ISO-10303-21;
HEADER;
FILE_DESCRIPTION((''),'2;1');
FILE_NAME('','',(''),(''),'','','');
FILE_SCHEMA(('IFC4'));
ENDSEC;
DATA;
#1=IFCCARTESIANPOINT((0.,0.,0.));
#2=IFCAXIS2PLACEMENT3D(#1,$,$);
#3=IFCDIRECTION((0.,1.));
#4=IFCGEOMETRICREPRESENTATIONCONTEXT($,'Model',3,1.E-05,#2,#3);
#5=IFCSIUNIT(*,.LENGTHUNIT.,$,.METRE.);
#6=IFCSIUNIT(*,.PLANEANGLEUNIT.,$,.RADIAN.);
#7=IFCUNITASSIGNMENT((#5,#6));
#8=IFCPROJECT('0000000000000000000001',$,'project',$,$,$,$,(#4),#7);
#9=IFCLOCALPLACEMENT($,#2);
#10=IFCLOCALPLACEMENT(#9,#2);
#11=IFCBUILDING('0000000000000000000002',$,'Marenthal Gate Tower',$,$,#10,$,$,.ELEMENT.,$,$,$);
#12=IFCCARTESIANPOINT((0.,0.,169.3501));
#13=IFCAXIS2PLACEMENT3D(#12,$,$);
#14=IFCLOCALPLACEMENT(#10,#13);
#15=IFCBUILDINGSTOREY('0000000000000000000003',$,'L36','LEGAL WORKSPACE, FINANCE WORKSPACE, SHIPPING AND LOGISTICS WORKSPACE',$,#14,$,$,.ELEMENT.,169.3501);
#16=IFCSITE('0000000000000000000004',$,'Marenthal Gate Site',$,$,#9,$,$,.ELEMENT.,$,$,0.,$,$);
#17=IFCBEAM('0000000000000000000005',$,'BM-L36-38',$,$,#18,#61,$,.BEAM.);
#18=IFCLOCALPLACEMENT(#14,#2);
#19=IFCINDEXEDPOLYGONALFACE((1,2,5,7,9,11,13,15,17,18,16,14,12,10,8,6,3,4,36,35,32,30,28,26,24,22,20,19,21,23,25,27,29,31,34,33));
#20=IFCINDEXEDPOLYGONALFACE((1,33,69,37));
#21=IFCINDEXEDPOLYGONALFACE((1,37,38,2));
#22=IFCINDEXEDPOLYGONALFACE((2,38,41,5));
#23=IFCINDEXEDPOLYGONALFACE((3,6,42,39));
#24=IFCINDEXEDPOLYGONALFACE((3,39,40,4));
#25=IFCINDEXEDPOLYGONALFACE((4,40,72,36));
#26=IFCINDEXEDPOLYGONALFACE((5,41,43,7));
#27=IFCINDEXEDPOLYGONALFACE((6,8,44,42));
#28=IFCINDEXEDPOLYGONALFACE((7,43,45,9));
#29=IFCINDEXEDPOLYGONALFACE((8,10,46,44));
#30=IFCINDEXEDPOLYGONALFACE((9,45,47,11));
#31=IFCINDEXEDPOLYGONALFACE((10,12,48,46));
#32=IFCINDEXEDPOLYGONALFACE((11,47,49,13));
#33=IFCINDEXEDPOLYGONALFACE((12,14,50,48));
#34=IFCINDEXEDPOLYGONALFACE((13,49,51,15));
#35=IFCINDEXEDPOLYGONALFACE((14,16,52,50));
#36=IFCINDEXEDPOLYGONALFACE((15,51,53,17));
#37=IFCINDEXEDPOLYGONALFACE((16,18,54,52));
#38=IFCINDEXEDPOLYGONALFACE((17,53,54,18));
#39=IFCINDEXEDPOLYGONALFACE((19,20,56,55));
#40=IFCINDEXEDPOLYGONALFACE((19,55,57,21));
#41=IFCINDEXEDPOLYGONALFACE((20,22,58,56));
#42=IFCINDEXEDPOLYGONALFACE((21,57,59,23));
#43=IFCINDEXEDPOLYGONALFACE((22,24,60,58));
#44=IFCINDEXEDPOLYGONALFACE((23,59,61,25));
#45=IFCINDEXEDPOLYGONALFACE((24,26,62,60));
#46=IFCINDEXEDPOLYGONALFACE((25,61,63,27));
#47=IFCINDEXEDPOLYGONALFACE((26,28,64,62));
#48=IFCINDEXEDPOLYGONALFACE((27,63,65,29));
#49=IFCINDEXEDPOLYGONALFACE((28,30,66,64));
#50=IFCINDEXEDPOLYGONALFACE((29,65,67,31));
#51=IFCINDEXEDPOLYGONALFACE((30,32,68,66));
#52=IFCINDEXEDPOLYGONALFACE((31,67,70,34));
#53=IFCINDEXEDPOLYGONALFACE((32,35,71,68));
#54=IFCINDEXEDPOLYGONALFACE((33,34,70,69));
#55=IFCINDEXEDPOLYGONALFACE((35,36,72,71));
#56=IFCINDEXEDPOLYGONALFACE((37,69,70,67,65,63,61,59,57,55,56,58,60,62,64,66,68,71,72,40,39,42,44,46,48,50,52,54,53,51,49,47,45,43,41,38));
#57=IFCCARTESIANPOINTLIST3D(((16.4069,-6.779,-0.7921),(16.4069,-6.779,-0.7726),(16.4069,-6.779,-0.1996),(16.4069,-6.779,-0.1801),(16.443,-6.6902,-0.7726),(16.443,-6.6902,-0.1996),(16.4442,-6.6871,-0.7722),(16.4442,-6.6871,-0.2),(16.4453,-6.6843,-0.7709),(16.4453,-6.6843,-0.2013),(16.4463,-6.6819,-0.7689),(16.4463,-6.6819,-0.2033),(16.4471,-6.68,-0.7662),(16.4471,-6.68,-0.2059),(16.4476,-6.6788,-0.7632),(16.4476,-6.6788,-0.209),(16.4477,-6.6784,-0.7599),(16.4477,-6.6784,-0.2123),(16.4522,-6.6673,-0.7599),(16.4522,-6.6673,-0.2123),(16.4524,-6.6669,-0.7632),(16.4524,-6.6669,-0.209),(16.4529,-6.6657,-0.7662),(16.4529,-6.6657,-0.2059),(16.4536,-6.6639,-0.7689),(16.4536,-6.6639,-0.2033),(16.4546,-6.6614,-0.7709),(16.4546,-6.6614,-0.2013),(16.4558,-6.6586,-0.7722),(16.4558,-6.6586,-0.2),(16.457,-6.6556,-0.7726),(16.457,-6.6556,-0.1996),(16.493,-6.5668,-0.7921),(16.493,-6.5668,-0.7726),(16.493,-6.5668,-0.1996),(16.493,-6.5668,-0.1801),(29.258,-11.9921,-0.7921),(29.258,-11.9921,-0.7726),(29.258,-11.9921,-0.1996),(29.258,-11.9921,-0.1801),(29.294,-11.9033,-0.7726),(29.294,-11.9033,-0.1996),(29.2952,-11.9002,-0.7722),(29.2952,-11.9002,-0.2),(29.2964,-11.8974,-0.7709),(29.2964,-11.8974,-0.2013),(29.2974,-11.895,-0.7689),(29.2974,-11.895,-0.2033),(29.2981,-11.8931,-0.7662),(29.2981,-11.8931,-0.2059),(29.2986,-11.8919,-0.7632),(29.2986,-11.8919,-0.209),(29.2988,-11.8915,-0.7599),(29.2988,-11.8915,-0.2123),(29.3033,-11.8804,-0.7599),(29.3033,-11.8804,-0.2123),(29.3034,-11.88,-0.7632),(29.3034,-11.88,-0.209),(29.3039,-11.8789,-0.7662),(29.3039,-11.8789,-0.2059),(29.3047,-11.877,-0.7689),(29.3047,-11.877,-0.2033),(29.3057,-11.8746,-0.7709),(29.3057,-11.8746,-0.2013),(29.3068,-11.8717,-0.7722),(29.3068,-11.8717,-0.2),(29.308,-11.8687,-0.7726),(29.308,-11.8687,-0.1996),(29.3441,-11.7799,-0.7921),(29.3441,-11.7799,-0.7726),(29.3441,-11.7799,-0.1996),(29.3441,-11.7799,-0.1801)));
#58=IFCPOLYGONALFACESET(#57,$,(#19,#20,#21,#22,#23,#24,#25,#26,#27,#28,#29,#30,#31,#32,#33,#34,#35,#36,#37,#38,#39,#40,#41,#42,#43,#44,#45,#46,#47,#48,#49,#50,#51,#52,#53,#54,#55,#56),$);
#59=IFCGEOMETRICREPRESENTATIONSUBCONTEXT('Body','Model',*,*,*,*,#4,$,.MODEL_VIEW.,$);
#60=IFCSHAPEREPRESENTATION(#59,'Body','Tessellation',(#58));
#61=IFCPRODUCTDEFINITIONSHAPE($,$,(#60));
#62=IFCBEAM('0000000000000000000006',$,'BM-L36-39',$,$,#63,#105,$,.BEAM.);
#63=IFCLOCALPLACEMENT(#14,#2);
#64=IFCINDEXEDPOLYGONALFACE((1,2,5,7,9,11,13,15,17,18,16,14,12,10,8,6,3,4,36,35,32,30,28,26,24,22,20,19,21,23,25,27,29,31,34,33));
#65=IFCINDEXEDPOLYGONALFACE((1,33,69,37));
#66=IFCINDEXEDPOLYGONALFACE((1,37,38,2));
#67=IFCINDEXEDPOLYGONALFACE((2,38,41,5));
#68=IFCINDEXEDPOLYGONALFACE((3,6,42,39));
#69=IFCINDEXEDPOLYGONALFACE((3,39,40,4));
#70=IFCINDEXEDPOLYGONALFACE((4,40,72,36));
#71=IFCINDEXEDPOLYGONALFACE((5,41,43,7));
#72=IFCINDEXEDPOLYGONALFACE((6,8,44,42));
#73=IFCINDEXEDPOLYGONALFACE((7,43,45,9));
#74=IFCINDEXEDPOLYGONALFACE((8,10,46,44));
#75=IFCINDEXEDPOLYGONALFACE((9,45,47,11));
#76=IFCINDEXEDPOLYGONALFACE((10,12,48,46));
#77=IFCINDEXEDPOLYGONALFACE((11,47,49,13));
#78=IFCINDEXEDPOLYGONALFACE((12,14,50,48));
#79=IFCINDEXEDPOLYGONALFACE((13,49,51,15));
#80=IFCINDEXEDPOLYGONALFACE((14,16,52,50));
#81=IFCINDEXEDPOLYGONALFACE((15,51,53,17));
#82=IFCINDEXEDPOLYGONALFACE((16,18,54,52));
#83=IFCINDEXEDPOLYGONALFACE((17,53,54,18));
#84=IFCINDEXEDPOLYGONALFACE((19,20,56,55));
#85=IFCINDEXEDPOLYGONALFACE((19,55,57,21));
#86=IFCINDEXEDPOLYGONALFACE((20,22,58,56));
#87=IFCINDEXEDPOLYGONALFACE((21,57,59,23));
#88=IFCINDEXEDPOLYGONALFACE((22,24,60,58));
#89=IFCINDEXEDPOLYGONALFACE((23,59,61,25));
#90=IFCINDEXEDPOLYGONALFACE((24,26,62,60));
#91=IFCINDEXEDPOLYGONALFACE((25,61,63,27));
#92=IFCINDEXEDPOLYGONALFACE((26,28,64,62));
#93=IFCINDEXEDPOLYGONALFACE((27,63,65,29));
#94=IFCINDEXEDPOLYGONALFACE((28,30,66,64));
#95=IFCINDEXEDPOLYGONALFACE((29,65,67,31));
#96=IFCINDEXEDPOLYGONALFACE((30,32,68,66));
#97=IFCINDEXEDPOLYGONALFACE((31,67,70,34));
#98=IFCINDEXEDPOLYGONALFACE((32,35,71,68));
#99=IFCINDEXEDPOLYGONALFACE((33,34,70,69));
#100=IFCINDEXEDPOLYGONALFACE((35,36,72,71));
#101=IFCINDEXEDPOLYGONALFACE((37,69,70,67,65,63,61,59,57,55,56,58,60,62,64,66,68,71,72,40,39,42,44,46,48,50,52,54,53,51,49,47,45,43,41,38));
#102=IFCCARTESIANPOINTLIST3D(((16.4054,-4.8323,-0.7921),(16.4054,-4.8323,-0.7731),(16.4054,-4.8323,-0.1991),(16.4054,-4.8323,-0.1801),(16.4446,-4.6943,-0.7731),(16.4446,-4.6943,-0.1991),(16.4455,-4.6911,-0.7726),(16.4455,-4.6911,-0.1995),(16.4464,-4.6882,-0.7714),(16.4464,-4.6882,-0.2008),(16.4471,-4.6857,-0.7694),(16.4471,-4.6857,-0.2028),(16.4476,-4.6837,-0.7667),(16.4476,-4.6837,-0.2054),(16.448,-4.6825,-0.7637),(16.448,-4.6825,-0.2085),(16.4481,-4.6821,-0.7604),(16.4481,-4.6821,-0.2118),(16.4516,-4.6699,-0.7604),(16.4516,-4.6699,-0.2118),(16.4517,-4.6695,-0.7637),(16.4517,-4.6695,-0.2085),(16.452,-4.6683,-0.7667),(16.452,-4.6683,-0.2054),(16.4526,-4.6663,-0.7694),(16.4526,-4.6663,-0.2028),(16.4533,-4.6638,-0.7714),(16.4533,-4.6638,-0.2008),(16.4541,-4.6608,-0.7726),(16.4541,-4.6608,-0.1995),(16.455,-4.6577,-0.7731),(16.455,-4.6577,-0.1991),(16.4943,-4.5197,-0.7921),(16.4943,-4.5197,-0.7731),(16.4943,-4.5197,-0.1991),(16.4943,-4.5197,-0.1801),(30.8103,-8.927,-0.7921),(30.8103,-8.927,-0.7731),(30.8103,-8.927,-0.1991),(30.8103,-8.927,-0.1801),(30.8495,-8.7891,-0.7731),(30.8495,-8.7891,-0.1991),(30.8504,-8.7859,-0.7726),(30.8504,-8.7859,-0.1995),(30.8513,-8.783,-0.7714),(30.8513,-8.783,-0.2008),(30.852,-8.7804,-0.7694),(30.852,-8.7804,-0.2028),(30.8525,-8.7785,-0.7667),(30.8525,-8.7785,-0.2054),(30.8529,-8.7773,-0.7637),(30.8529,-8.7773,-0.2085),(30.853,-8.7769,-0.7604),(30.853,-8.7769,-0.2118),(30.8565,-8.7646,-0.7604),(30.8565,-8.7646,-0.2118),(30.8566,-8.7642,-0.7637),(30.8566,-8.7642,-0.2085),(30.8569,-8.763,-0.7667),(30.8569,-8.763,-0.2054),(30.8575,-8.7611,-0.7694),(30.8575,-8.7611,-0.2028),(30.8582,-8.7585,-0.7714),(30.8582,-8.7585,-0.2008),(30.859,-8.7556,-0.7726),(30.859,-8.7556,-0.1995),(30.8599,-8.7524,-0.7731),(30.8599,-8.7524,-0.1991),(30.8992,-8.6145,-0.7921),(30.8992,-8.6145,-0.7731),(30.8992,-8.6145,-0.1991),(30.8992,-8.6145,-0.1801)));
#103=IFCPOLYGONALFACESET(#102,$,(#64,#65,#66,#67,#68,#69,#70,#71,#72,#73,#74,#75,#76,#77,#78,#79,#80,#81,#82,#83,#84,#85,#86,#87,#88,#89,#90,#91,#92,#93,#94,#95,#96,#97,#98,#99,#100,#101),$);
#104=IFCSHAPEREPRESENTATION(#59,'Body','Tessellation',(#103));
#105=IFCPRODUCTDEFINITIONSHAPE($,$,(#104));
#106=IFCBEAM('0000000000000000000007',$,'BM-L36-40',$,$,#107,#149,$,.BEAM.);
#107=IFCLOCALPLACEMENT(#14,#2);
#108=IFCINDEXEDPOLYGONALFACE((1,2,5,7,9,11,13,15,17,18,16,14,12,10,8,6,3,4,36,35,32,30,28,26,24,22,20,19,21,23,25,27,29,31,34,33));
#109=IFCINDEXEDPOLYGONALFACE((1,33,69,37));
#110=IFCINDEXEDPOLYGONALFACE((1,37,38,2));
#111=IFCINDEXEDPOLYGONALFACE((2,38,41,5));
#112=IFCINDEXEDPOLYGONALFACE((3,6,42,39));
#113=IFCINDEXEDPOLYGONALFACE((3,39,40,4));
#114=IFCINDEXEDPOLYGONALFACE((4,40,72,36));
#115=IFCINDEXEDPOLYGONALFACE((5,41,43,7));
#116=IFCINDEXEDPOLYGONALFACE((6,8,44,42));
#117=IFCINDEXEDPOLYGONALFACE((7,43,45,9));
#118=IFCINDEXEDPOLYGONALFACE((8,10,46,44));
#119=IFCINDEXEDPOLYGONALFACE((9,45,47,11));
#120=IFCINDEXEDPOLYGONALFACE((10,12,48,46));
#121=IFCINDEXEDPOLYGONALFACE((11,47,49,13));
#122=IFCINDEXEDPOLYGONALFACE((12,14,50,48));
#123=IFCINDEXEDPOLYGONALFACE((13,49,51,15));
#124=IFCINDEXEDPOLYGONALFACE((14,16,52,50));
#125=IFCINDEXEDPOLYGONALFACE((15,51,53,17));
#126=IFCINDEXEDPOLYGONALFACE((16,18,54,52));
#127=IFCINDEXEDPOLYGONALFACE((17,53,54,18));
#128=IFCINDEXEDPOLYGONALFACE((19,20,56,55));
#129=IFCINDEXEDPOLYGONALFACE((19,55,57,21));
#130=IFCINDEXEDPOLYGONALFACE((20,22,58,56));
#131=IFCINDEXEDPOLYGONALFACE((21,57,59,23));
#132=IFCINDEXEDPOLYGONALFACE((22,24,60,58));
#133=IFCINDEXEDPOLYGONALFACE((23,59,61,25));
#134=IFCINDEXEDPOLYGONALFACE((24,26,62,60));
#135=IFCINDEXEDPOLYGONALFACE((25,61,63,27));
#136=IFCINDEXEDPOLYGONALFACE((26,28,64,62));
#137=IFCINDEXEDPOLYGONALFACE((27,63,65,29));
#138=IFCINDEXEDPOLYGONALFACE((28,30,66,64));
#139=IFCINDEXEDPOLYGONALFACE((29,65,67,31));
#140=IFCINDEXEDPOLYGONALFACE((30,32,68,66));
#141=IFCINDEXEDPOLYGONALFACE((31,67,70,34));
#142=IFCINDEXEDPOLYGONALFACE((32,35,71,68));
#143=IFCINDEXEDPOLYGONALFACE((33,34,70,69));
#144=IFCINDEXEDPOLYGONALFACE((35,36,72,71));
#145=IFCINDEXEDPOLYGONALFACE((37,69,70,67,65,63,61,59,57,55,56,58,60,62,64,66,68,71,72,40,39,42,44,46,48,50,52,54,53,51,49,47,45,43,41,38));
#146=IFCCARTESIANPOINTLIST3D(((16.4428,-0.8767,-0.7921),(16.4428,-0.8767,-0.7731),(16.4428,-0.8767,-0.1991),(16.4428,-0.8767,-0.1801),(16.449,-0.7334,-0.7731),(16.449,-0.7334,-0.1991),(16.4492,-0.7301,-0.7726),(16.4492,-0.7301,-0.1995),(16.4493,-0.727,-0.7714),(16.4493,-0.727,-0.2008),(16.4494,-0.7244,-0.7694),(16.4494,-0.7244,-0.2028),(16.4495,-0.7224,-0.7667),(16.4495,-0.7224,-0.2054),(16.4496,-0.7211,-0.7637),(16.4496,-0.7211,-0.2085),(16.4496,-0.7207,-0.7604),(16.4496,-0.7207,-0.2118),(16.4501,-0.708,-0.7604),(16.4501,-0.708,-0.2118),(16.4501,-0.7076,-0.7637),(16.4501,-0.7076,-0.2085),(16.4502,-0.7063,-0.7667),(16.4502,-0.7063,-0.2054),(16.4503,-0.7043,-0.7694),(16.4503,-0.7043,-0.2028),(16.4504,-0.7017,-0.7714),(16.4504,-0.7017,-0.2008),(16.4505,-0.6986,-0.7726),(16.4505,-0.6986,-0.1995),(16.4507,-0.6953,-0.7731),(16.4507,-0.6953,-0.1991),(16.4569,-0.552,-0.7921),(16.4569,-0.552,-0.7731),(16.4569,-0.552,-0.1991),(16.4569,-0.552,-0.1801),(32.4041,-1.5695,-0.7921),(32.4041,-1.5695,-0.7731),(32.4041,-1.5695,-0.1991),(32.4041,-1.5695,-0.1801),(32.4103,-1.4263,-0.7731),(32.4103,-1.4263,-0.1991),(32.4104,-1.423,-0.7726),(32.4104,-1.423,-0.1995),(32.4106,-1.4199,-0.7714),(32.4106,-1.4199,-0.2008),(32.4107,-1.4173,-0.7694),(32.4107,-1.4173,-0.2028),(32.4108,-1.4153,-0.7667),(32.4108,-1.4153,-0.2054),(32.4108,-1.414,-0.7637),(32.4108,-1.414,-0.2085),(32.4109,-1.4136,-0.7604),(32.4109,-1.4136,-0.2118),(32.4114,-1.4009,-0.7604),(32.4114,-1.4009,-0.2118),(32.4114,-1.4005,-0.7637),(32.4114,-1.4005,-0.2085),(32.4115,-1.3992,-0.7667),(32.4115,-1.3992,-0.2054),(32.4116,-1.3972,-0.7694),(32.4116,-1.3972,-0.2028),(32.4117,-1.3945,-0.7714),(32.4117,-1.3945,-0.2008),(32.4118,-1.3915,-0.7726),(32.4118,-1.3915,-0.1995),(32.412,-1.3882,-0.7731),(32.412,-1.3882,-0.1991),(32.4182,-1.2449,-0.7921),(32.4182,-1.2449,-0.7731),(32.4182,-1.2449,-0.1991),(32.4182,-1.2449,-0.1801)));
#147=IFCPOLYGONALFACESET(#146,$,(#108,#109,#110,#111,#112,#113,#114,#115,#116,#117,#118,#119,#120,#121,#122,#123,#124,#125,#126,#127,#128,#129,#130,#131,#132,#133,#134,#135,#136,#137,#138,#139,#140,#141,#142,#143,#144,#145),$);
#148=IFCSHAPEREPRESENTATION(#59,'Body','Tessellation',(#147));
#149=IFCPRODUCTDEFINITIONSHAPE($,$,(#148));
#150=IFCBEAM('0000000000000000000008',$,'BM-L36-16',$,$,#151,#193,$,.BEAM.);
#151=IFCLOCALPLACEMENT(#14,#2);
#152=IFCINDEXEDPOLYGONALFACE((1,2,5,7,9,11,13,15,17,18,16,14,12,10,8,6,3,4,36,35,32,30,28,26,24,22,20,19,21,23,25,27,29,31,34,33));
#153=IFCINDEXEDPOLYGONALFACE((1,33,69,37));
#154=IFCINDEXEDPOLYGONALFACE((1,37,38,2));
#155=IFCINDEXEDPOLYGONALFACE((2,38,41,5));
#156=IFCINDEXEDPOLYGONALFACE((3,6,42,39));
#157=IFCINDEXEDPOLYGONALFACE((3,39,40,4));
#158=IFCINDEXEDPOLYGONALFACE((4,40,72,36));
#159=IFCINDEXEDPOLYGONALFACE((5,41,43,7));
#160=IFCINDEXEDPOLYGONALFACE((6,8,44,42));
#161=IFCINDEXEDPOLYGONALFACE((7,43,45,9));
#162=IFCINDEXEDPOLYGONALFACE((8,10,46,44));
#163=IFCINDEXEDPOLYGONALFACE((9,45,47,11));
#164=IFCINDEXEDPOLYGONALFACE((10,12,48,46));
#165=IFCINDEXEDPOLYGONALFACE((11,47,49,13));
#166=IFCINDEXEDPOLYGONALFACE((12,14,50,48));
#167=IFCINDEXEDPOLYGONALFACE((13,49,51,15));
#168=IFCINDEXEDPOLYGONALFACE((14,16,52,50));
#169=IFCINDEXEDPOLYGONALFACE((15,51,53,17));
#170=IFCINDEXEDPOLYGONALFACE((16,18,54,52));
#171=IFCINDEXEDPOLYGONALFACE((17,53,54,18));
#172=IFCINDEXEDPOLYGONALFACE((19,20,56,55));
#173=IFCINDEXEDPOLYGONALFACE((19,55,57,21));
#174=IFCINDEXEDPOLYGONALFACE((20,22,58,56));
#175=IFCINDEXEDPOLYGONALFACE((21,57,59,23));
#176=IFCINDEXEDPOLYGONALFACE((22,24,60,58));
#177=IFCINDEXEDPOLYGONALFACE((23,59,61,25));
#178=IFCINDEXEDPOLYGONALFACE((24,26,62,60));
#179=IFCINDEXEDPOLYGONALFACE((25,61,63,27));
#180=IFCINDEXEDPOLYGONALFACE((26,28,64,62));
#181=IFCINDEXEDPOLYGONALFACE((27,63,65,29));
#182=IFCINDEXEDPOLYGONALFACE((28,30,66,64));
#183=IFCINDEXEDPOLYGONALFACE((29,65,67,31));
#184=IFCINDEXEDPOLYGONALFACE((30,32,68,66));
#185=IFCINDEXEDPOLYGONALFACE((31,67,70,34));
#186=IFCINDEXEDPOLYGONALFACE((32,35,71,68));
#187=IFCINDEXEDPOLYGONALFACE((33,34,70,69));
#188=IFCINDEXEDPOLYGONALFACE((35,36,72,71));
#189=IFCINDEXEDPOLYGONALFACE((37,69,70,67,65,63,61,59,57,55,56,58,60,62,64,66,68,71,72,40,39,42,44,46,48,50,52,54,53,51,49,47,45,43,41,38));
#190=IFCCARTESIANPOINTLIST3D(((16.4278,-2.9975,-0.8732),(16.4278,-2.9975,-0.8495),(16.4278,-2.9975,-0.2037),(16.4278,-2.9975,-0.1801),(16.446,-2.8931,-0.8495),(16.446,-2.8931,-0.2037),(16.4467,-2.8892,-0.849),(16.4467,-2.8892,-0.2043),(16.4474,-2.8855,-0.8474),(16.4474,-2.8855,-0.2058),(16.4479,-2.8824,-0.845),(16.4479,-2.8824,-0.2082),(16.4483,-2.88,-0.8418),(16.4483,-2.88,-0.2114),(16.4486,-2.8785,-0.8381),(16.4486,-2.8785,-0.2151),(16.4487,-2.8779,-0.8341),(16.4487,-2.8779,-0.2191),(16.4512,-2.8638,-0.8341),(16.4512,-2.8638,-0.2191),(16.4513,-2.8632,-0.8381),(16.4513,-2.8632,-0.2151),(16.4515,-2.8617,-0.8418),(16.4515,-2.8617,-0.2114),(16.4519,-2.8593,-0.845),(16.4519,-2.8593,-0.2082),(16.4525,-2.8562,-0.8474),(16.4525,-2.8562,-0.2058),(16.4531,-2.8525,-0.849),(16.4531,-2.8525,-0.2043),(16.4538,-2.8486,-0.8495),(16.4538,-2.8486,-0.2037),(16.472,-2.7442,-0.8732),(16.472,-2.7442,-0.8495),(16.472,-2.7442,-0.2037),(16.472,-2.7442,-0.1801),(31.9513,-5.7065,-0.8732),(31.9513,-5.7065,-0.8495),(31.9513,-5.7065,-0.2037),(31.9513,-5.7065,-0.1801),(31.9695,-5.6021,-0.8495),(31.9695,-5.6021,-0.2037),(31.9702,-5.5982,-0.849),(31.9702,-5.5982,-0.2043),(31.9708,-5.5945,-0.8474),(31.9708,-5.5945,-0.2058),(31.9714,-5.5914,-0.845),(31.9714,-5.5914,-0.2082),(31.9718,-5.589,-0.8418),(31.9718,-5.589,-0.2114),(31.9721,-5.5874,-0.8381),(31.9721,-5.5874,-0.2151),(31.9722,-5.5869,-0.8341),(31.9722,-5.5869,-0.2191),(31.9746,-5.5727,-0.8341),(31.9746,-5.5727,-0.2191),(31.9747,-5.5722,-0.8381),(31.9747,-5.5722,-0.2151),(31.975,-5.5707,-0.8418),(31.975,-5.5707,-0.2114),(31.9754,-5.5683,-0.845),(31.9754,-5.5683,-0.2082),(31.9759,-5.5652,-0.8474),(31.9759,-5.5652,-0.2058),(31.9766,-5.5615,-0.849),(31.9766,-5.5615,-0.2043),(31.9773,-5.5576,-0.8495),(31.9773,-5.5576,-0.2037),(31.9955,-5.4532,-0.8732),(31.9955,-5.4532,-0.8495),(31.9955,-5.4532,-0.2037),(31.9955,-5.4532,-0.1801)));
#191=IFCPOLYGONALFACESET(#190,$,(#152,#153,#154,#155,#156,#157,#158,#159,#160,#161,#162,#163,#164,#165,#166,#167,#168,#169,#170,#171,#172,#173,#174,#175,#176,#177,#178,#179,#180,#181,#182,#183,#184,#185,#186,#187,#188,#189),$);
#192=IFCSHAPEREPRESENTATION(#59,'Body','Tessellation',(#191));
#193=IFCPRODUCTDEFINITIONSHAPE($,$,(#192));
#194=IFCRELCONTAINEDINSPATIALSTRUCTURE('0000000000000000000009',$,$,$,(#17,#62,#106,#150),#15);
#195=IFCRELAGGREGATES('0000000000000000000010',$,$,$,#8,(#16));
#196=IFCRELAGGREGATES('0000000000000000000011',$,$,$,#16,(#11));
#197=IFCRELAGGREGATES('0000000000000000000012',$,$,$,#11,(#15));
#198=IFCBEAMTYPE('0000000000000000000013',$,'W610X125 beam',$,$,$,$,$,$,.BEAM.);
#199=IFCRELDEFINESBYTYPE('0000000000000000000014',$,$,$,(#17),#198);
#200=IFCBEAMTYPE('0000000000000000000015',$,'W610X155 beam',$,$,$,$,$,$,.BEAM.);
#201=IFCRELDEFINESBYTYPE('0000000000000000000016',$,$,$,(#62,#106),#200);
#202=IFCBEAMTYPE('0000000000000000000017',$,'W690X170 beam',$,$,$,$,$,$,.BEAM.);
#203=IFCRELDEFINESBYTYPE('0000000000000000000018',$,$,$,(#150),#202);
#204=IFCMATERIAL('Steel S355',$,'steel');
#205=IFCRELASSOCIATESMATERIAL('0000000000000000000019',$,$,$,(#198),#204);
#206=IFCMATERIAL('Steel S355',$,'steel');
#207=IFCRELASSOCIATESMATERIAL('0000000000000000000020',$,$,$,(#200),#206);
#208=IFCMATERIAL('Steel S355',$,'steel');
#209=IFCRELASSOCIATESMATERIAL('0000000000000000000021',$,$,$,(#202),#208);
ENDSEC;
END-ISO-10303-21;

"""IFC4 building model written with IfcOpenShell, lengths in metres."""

from ifc_helpers import new_model, si_unit, direction, frame, origin, origin_2d, place, context, subcontext, project, spatial, i_section, extrude, material, material_profile, profile_set, type_object, element, save


model = new_model("IFC4")

# Units and contexts
model_context = context("Model", 3, precision=1e-05, world=origin(), true_north=direction((0.0, 1.0)))
body_context = subcontext(model_context, "Body", "Model", "MODEL_VIEW")
ifc_project = project(units=[si_unit("LENGTHUNIT", "METRE"), si_unit("PLANEANGLEUNIT", "RADIAN")], contexts=[model_context])

# Site, building, storey
site_placement = place(None, origin())
site = spatial("IfcSite", under=ifc_project, at=site_placement, Name="Marenthal Gate Site", CompositionType="ELEMENT", RefElevation=0.0)
building_placement = place(site_placement, origin())
building = spatial("IfcBuilding", under=site, at=building_placement, Name="Marenthal Gate Tower", CompositionType="ELEMENT")
storey_placement = place(building_placement, frame((0.0, 0.0, 169.3501)))
storey = spatial("IfcBuildingStorey", under=building, at=storey_placement, Name="L36", Description="LEGAL WORKSPACE, FINANCE WORKSPACE, SHIPPING AND LOGISTICS WORKSPACE", CompositionType="ELEMENT", Elevation=169.3501)

# Beams
ifc_material_1 = material(Name="Steel S355", Category="steel")
ifc_material_profile_1 = material_profile(ifc_material_1, i_section(OverallWidth=0.229, OverallDepth=0.6121, WebThickness=0.012, FlangeThickness=0.0195, FilletRadius=0.0127, at=origin_2d()), Name="W610X125")
ifc_profile_set_1 = profile_set([ifc_material_profile_1], Name="Steel S355")
beam_type_1 = type_object("IfcBeamType", Name="W610X125 beam", PredefinedType="BEAM", material=ifc_profile_set_1)
beam_1_placement = place(storey_placement, frame((29.301, -11.886, -0.4861), z_axis=(-0.926658, 0.375906, 0.0), x_axis=(-0.375906, -0.926658, 0.0)))
element("IfcBeam", 1, at=beam_1_placement, inside=storey, type_object=beam_type_1, Name="BM-L36-38", PredefinedType="BEAM", context=body_context, shape_type="SweptSolid", body=[
    extrude(i_section(OverallWidth=0.229, OverallDepth=0.6121, WebThickness=0.012, FlangeThickness=0.0195, FilletRadius=0.0127, at=origin_2d()), origin(), (0.0, 0.0, 1.0), 13.8682),
])
ifc_material_2 = material(Name="Steel S355", Category="steel")
ifc_material_profile_2 = material_profile(ifc_material_2, i_section(OverallWidth=0.325, OverallDepth=0.6121, WebThickness=0.0127, FlangeThickness=0.019, FilletRadius=0.0127, at=origin_2d()), Name="W610X155")
ifc_profile_set_2 = profile_set([ifc_material_profile_2], Name="Steel S355")
beam_type_2 = type_object("IfcBeamType", Name="W610X155 beam", PredefinedType="BEAM", material=ifc_profile_set_2)
beam_2_placement = place(storey_placement, frame((30.8547, -8.7708, -0.4861), z_axis=(-0.961892, 0.273429, 0.0), x_axis=(-0.273429, -0.961892, 0.0)))
element("IfcBeam", 2, at=beam_2_placement, inside=storey, type_object=beam_type_2, Name="BM-L36-39", PredefinedType="BEAM", context=body_context, shape_type="SweptSolid", body=[
    extrude(i_section(OverallWidth=0.325, OverallDepth=0.6121, WebThickness=0.0127, FlangeThickness=0.019, FilletRadius=0.0127, at=origin_2d()), origin(), (0.0, 0.0, 1.0), 14.9756),
])
beam_3_placement = place(storey_placement, frame((32.4111, -1.4072, -0.4861), z_axis=(-0.999059, 0.043369, 0.0), x_axis=(-0.043369, -0.999059, 0.0)))
element("IfcBeam", 3, at=beam_3_placement, inside=storey, type_object=beam_type_2, Name="BM-L36-40", PredefinedType="BEAM", context=body_context, shape_type="SweptSolid", body=[
    extrude(i_section(OverallWidth=0.325, OverallDepth=0.6121, WebThickness=0.0127, FlangeThickness=0.019, FilletRadius=0.0127, at=origin_2d()), origin(), (0.0, 0.0, 1.0), 15.9763),
])
ifc_material_3 = material(Name="Steel S355", Category="steel")
ifc_material_profile_3 = material_profile(ifc_material_3, i_section(OverallWidth=0.2571, OverallDepth=0.6931, WebThickness=0.0144, FlangeThickness=0.0237, FilletRadius=0.0154, at=origin_2d()), Name="W690X170")
ifc_profile_set_3 = profile_set([ifc_material_profile_3], Name="Steel S355")
beam_type_3 = type_object("IfcBeamType", Name="W690X170 beam", PredefinedType="BEAM", material=ifc_profile_set_3)
beam_4_placement = place(storey_placement, frame((31.9734, -5.5798, -0.5266), z_axis=(-0.985112, 0.171911, 0.0), x_axis=(-0.171911, -0.985112, 0.0)))
element("IfcBeam", 4, at=beam_4_placement, inside=storey, type_object=beam_type_3, Name="BM-L36-16", PredefinedType="BEAM", context=body_context, shape_type="SweptSolid", body=[
    extrude(i_section(OverallWidth=0.2571, OverallDepth=0.6931, WebThickness=0.0144, FlangeThickness=0.0237, FilletRadius=0.0154, at=origin_2d()), origin(), (0.0, 0.0, 1.0), 15.7581),
])

save(model, "model.ifc")
